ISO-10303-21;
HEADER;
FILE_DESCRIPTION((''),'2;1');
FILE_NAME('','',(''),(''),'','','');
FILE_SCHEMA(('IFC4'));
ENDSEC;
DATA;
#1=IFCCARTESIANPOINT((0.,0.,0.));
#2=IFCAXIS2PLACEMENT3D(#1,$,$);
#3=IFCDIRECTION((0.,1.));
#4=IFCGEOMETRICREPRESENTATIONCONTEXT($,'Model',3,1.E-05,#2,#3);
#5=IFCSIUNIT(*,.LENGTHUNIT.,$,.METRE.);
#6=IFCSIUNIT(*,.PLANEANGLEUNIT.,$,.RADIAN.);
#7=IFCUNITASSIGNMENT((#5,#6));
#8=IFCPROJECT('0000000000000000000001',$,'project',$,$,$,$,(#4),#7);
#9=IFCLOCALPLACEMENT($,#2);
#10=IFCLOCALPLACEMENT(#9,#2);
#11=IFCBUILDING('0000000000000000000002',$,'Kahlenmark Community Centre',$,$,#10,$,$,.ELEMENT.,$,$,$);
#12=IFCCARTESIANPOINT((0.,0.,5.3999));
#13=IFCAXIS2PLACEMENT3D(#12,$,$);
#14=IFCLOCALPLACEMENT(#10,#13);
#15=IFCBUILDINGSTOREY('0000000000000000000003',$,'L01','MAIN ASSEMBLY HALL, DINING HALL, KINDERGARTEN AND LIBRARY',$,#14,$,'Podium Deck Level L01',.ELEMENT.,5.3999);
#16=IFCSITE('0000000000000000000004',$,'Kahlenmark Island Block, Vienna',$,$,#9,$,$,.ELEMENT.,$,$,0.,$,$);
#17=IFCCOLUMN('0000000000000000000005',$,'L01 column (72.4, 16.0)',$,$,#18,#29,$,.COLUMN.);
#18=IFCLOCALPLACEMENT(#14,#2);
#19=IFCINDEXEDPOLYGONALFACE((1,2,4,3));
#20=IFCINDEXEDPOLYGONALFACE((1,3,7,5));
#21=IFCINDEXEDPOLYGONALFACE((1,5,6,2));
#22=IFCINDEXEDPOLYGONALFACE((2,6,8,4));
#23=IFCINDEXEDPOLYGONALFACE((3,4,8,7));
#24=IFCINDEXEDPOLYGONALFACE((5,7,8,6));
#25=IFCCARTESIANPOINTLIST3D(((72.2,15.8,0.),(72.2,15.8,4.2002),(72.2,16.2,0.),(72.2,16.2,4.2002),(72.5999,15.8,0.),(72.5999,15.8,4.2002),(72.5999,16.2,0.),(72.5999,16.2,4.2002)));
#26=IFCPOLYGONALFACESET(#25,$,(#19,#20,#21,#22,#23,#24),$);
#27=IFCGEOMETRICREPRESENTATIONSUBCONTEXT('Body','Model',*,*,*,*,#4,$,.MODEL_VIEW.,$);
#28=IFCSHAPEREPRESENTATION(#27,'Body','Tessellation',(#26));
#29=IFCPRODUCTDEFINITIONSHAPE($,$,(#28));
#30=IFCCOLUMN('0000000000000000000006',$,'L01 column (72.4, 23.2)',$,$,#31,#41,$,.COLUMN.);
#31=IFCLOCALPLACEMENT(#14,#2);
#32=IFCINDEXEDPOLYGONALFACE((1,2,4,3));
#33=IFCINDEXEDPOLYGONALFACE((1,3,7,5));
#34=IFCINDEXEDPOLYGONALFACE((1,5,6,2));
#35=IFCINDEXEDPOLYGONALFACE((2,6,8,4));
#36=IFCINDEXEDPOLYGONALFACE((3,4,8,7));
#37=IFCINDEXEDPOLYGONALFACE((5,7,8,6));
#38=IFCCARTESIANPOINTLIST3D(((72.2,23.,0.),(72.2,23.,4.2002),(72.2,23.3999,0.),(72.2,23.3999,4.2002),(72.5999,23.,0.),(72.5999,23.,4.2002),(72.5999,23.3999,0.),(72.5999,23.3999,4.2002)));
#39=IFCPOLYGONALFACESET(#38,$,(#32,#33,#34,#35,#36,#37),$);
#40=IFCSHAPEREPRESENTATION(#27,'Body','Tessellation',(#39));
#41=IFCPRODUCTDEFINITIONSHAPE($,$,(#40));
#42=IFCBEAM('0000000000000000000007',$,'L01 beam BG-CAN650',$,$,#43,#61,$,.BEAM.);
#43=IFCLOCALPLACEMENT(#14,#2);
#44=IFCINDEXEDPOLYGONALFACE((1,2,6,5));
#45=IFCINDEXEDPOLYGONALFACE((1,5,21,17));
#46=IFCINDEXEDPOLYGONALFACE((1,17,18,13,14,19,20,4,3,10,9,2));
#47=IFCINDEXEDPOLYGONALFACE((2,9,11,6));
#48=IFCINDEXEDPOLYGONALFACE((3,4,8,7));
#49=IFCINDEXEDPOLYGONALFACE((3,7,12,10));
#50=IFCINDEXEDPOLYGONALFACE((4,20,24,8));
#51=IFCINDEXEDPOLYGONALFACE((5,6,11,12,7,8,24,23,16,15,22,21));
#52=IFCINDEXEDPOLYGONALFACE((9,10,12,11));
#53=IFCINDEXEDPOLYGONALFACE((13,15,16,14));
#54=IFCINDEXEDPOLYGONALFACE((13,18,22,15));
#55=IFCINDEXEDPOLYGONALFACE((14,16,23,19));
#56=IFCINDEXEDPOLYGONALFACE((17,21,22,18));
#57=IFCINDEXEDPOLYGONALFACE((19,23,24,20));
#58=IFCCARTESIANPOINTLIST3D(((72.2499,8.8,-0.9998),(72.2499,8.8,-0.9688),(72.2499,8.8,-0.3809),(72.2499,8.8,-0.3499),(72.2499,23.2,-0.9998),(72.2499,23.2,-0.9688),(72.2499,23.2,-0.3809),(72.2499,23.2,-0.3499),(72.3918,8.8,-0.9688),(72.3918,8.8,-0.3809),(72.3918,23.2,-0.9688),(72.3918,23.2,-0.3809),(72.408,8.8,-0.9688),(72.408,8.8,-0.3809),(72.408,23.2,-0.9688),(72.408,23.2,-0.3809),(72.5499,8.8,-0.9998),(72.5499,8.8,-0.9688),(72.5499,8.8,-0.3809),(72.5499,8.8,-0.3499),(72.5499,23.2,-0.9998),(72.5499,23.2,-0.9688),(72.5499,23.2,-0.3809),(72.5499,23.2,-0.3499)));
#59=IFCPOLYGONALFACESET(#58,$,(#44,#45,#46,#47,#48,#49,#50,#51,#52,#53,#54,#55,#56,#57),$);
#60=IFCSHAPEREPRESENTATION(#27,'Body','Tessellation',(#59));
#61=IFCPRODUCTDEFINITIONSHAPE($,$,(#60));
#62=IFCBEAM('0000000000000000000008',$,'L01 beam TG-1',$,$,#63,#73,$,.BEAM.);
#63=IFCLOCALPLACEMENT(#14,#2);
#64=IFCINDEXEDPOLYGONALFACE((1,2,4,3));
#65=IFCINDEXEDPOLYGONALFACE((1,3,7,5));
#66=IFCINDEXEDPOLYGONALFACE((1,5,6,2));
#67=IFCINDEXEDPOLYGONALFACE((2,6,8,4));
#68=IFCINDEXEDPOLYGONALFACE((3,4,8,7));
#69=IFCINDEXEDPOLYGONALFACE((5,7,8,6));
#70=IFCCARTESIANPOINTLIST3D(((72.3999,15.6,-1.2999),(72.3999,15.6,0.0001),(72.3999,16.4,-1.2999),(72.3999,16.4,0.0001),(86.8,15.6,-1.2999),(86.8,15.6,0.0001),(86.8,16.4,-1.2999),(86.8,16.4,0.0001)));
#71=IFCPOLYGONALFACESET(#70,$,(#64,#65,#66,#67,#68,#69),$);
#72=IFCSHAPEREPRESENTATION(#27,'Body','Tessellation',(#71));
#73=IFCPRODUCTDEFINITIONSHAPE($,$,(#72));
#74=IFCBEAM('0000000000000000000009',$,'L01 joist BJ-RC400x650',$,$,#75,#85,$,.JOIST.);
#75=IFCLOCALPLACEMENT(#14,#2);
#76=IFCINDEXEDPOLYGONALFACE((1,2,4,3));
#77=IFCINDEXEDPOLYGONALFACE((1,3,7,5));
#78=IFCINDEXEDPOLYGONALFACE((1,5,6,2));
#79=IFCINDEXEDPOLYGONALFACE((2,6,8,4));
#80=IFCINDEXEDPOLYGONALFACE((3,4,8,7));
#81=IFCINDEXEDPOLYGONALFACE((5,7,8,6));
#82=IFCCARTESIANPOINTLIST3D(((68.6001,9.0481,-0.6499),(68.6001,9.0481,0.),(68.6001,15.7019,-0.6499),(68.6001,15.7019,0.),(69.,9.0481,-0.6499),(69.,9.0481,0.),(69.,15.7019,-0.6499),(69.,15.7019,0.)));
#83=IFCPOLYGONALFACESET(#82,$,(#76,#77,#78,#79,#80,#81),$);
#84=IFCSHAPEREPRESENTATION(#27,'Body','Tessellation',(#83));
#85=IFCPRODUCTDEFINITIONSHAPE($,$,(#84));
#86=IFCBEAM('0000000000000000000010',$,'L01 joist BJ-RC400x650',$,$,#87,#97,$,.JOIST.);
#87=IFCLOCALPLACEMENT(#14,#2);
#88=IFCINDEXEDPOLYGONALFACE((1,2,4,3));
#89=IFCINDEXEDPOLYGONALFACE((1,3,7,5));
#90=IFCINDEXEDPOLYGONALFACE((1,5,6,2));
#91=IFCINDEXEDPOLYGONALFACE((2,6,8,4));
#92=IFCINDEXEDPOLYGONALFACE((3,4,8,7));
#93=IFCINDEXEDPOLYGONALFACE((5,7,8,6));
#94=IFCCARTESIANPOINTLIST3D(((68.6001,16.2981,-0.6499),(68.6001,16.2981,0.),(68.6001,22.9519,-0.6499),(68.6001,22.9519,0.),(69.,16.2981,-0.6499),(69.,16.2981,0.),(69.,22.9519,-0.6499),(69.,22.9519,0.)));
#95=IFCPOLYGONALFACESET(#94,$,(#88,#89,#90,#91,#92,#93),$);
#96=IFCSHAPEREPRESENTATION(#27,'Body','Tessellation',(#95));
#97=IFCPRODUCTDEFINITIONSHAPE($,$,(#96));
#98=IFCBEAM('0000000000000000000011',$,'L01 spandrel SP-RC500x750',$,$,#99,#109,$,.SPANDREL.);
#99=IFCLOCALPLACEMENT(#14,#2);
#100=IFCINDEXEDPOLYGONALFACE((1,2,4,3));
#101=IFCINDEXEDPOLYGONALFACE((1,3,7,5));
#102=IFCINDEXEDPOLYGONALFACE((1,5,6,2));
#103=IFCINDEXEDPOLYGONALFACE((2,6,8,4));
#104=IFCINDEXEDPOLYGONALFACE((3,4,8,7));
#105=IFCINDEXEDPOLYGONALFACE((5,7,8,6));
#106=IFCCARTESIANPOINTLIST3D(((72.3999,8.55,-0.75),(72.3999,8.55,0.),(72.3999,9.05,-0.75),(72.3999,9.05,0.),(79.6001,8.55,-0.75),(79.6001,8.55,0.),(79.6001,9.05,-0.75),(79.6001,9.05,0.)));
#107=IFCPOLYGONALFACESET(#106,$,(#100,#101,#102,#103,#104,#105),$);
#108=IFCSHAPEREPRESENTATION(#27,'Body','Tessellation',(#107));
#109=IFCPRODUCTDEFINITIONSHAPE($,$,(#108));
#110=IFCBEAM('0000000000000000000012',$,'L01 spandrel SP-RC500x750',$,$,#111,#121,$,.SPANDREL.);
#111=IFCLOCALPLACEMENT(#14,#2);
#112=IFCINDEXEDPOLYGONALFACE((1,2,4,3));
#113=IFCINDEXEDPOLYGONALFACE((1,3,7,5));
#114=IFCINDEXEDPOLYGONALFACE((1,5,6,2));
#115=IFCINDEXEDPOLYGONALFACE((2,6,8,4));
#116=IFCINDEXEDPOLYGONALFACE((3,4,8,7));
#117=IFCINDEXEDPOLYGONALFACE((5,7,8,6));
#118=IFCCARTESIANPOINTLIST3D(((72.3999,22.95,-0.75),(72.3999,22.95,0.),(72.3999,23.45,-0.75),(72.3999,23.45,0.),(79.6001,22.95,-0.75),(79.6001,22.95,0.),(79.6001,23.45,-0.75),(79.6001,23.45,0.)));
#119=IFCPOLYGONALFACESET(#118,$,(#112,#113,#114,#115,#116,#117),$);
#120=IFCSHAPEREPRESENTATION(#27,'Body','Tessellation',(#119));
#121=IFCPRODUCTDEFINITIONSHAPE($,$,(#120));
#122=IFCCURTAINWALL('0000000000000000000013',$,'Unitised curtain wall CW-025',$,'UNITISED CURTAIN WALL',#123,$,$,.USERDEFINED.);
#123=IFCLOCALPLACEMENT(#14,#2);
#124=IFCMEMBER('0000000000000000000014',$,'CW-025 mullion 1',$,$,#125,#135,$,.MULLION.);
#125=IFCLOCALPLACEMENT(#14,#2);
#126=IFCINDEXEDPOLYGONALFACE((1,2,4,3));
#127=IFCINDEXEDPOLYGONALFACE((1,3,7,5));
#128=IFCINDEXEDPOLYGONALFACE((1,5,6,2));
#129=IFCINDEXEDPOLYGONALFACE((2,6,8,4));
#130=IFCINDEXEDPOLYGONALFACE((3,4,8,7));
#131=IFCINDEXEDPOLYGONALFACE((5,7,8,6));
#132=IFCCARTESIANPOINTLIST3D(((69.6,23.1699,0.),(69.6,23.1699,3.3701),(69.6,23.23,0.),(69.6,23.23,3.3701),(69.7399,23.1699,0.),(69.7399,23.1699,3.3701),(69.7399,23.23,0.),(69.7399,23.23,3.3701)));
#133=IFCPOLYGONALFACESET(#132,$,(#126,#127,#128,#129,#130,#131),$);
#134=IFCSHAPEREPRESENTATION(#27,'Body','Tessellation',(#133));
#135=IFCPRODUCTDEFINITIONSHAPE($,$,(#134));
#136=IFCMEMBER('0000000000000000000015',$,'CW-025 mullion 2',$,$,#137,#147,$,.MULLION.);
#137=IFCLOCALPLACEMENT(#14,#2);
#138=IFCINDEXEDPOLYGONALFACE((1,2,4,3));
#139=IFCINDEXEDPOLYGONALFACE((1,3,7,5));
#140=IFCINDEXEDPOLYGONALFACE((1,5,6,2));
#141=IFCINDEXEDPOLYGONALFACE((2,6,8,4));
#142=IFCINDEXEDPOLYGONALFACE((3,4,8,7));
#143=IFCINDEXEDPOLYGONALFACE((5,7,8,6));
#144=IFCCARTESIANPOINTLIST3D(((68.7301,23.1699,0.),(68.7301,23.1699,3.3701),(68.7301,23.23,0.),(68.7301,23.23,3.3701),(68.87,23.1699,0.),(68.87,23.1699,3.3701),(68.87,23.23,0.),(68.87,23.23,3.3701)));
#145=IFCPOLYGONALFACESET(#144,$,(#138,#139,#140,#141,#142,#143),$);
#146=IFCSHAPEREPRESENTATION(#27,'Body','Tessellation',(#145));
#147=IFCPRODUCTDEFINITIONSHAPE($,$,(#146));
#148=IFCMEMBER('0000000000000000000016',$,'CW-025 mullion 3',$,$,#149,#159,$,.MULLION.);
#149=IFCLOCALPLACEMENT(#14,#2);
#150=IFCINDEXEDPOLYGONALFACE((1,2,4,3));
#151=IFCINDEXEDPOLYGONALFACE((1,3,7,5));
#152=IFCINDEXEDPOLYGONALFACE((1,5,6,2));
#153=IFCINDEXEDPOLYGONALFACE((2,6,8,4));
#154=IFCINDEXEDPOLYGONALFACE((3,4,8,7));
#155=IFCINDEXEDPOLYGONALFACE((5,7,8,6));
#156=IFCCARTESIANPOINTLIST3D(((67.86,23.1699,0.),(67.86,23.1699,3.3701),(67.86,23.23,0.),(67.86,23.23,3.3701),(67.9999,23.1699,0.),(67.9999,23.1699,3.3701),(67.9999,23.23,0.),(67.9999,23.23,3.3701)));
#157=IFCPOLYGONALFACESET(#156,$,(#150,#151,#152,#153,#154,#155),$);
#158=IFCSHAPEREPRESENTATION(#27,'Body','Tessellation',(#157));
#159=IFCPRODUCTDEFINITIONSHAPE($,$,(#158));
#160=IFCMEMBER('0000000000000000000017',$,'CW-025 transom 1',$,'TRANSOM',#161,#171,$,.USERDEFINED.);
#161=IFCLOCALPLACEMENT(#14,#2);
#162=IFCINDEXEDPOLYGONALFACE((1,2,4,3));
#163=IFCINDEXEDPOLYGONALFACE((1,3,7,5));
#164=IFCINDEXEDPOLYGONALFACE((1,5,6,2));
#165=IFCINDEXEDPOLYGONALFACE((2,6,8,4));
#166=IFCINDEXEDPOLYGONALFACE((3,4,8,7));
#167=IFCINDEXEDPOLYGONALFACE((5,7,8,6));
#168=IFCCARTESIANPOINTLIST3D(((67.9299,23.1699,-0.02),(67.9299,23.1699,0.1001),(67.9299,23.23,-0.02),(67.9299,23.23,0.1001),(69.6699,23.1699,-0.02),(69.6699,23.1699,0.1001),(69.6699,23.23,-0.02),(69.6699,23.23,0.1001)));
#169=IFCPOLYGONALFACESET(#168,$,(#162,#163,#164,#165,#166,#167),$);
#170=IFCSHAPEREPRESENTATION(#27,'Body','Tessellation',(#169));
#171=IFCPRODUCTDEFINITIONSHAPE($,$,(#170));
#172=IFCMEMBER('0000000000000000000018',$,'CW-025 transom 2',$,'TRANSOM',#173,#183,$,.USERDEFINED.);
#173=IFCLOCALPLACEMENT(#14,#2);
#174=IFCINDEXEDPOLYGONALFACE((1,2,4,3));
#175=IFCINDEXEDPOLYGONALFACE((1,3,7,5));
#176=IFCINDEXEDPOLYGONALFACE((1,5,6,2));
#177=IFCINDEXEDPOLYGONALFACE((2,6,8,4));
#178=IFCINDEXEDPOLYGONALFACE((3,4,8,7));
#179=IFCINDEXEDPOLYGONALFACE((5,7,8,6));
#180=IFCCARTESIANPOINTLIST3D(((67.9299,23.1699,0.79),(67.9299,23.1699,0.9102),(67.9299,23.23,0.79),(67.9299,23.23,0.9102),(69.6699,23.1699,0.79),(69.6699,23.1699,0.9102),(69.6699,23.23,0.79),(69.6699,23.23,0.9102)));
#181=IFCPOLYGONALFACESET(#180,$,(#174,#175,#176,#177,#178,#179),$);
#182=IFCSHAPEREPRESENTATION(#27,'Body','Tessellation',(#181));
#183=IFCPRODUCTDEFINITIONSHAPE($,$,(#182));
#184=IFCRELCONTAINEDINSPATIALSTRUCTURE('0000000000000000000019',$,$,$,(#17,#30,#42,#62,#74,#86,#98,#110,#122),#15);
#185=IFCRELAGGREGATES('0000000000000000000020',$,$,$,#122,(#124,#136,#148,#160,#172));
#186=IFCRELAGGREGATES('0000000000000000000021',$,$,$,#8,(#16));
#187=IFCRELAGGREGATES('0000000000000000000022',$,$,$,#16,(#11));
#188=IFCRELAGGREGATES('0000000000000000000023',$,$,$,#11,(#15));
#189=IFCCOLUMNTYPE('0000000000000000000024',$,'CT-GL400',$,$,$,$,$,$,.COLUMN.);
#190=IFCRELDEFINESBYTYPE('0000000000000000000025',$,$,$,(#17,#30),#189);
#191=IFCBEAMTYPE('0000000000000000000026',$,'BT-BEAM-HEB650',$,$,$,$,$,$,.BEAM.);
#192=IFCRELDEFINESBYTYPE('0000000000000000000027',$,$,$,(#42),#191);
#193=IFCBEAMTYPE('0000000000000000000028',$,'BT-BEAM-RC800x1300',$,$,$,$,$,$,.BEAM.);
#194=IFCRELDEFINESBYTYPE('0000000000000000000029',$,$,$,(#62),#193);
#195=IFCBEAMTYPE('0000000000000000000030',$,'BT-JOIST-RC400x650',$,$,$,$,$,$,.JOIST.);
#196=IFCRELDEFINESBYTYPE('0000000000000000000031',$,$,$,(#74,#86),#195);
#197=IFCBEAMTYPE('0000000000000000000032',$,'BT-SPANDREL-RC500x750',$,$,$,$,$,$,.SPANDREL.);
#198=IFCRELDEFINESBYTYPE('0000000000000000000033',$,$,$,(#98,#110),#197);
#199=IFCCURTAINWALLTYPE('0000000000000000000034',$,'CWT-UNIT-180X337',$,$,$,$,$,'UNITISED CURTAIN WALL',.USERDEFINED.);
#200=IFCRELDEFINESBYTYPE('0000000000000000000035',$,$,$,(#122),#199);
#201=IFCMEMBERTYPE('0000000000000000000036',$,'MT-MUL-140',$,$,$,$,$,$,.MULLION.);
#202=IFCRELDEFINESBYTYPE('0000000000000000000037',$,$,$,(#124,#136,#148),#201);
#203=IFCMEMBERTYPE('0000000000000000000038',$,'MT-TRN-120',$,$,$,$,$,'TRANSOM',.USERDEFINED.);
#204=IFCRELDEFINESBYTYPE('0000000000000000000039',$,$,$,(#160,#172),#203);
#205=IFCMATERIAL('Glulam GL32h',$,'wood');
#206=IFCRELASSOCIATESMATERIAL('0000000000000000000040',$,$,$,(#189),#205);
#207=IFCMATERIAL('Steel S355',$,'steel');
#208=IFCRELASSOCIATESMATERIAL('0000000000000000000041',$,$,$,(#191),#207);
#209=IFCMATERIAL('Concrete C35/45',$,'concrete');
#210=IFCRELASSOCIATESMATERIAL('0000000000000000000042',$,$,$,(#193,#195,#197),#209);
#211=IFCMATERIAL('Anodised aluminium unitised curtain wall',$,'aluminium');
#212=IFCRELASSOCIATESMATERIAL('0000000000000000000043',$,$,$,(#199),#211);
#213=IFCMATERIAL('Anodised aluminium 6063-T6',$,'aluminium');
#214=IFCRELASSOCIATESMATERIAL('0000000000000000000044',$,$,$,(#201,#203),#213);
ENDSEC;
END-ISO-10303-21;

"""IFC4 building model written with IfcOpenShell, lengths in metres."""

from ifc_helpers import new_model, si_unit, direction, frame, origin, origin_2d, place, context, subcontext, project, spatial, rectangle, i_section, extrude, material, material_profile, profile_set, type_object, element, aggregate, save


model = new_model("IFC4")

# Units and contexts
model_context = context("Model", 3, precision=1e-05, world=origin(), true_north=direction((0.0, 1.0)))
body_context = subcontext(model_context, "Body", "Model", "MODEL_VIEW")
ifc_project = project(units=[si_unit("LENGTHUNIT", "METRE"), si_unit("PLANEANGLEUNIT", "RADIAN")], contexts=[model_context])

# Site, building, storey
site_placement = place(None, origin())
site = spatial("IfcSite", under=ifc_project, at=site_placement, Name="Kahlenmark Island Block, Vienna", CompositionType="ELEMENT", RefElevation=0.0)
building_placement = place(site_placement, origin())
building = spatial("IfcBuilding", under=site, at=building_placement, Name="Kahlenmark Community Centre", CompositionType="ELEMENT")
storey_placement = place(building_placement, frame((0.0, 0.0, 5.3999)))
storey = spatial("IfcBuildingStorey", under=building, at=storey_placement, Name="L01", Description="MAIN ASSEMBLY HALL, DINING HALL, KINDERGARTEN AND LIBRARY", LongName="Podium Deck Level L01", CompositionType="ELEMENT", Elevation=5.3999)

# Columns
ifc_material_1 = material(Name="Glulam GL32h", Category="wood")
ifc_material_profile_1 = material_profile(ifc_material_1, rectangle(XDim=0.3999, YDim=0.3999, at=origin_2d()), Name="GL32h 400x400")
ifc_profile_set_1 = profile_set([ifc_material_profile_1], Name="Glulam GL32h")
column_type = type_object("IfcColumnType", Name="CT-GL400", PredefinedType="COLUMN", material=ifc_profile_set_1)
for number, where, z_axis, x_axis, name in (
    (1, (72.3999, 16.0, 0.0), (0.0, 0.0, 1.0), (1.0, 0.0, 0.0), "L01 column (72.4, 16.0)"),
    (2, (72.3999, 23.2, 0.0), (0.0, 0.0, 1.0), (1.0, 0.0, 0.0), "L01 column (72.4, 23.2)"),
):
    element("IfcColumn", number, at=place(storey_placement, frame(where, z_axis=z_axis, x_axis=x_axis)), inside=storey, type_object=column_type, Name=name, PredefinedType="COLUMN", context=body_context, shape_type="SweptSolid", body=[
        extrude(rectangle(XDim=0.3999, YDim=0.3999, at=origin_2d()), origin(), (0.0, 0.0, 1.0), 4.2002),
    ])

# Beams
ifc_material_2 = material(Name="Steel S355", Category="steel")
ifc_material_profile_2 = material_profile(ifc_material_2, i_section(OverallWidth=0.3, OverallDepth=0.6499, WebThickness=0.0161, FlangeThickness=0.031, at=origin_2d()), Name="HEB 650")
ifc_profile_set_2 = profile_set([ifc_material_profile_2], Name="Steel S355")
beam_type_1 = type_object("IfcBeamType", Name="BT-BEAM-HEB650", PredefinedType="BEAM", material=ifc_profile_set_2)
beam_1_placement = place(storey_placement, frame((72.3999, 8.8, -0.6748), z_axis=(0.0, 1.0, 0.0), x_axis=(-1.0, 0.0, 0.0)))
element("IfcBeam", 3, at=beam_1_placement, inside=storey, type_object=beam_type_1, Name="L01 beam BG-CAN650", PredefinedType="BEAM", context=body_context, shape_type="SweptSolid", body=[
    extrude(i_section(OverallWidth=0.3, OverallDepth=0.6499, WebThickness=0.0161, FlangeThickness=0.031, at=origin_2d()), origin(), (0.0, 0.0, 1.0), 14.3999),
])
ifc_material_3 = material(Name="Concrete C35/45", Category="concrete")
ifc_material_profile_3 = material_profile(ifc_material_3, rectangle(XDim=0.8, YDim=1.3, at=origin_2d()), Name="RC 800x1300")
ifc_profile_set_3 = profile_set([ifc_material_profile_3], Name="Concrete C35/45")
beam_type_2 = type_object("IfcBeamType", Name="BT-BEAM-RC800x1300", PredefinedType="BEAM", material=ifc_profile_set_3)
beam_2_placement = place(storey_placement, frame((72.3999, 16.0, -0.6499), z_axis=(1.0, 0.0, 0.0), x_axis=(0.0, 1.0, 0.0)))
element("IfcBeam", 4, at=beam_2_placement, inside=storey, type_object=beam_type_2, Name="L01 beam TG-1", PredefinedType="BEAM", context=body_context, shape_type="SweptSolid", body=[
    extrude(rectangle(XDim=0.8, YDim=1.3, at=origin_2d()), origin(), (0.0, 0.0, 1.0), 14.4001),
])
ifc_material_profile_4 = material_profile(ifc_material_3, rectangle(XDim=0.3999, YDim=0.6499, at=origin_2d()), Name="RC 400x650")
ifc_profile_set_4 = profile_set([ifc_material_profile_4], Name="Concrete C35/45")
beam_type_3 = type_object("IfcBeamType", Name="BT-JOIST-RC400x650", PredefinedType="JOIST", material=ifc_profile_set_4)
for number, where, z_axis, x_axis, name in (
    (5, (68.8, 9.0481, -0.325), (0.0, 1.0, 0.0), (-1.0, 0.0, 0.0), "L01 joist BJ-RC400x650"),
    (6, (68.8, 16.2981, -0.325), (0.0, 1.0, 0.0), (-1.0, 0.0, 0.0), "L01 joist BJ-RC400x650"),
):
    element("IfcBeam", number, at=place(storey_placement, frame(where, z_axis=z_axis, x_axis=x_axis)), inside=storey, type_object=beam_type_3, Name=name, PredefinedType="JOIST", context=body_context, shape_type="SweptSolid", body=[
        extrude(rectangle(XDim=0.3999, YDim=0.6499, at=origin_2d()), origin(), (0.0, 0.0, 1.0), 6.6538),
    ])
ifc_material_profile_5 = material_profile(ifc_material_3, rectangle(XDim=0.5, YDim=0.75, at=origin_2d()), Name="RC 500x750")
ifc_profile_set_5 = profile_set([ifc_material_profile_5], Name="Concrete C35/45")
beam_type_4 = type_object("IfcBeamType", Name="BT-SPANDREL-RC500x750", PredefinedType="SPANDREL", material=ifc_profile_set_5)
for number, where, z_axis, x_axis, name in (
    (7, (72.3999, 8.8, -0.375), (1.0, 0.0, 0.0), (0.0, 1.0, 0.0), "L01 spandrel SP-RC500x750"),
    (8, (72.3999, 23.2, -0.375), (1.0, 0.0, 0.0), (0.0, 1.0, 0.0), "L01 spandrel SP-RC500x750"),
):
    element("IfcBeam", number, at=place(storey_placement, frame(where, z_axis=z_axis, x_axis=x_axis)), inside=storey, type_object=beam_type_4, Name=name, PredefinedType="SPANDREL", context=body_context, shape_type="SweptSolid", body=[
        extrude(rectangle(XDim=0.5, YDim=0.75, at=origin_2d()), origin(), (0.0, 0.0, 1.0), 7.2002),
    ])

# Curtain wall, members
ifc_material_4 = material(Name="Anodised aluminium unitised curtain wall", Category="aluminium")
curtain_wall_type = type_object("IfcCurtainWallType", Name="CWT-UNIT-180X337", ElementType="UNITISED CURTAIN WALL", PredefinedType="USERDEFINED", material=ifc_material_4)
curtain_wall_placement = place(storey_placement, origin())
curtain_wall = element("IfcCurtainWall", 9, at=curtain_wall_placement, inside=storey, type_object=curtain_wall_type, Name="Unitised curtain wall CW-025", ObjectType="UNITISED CURTAIN WALL", PredefinedType="USERDEFINED")
ifc_material_5 = material(Name="Anodised aluminium 6063-T6", Category="aluminium")
ifc_material_profile_6 = material_profile(ifc_material_5, rectangle(XDim=0.0601, YDim=0.1399, at=origin_2d()), Name="ALU MULLION 60x140")
ifc_profile_set_6 = profile_set([ifc_material_profile_6], Name="Anodised aluminium 6063-T6")
member_type_1 = type_object("IfcMemberType", Name="MT-MUL-140", PredefinedType="MULLION", material=ifc_profile_set_6)
member_1_placement = place(storey_placement, frame((69.6699, 23.2, 0.0), z_axis=(0.0, 0.0, 1.0), x_axis=(0.0, -1.0, 0.0)))
member_1 = element("IfcMember", 10, at=member_1_placement, type_object=member_type_1, Name="CW-025 mullion 1", PredefinedType="MULLION", context=body_context, shape_type="SweptSolid", body=[
    extrude(rectangle(XDim=0.0601, YDim=0.1399, at=origin_2d()), origin(), (0.0, 0.0, 1.0), 3.3701),
])
member_2_placement = place(storey_placement, frame((68.8, 23.2, 0.0), z_axis=(0.0, 0.0, 1.0), x_axis=(0.0, -1.0, 0.0)))
member_2 = element("IfcMember", 11, at=member_2_placement, type_object=member_type_1, Name="CW-025 mullion 2", PredefinedType="MULLION", context=body_context, shape_type="SweptSolid", body=[
    extrude(rectangle(XDim=0.0601, YDim=0.1399, at=origin_2d()), origin(), (0.0, 0.0, 1.0), 3.3701),
])
member_3_placement = place(storey_placement, frame((67.9299, 23.2, 0.0), z_axis=(0.0, 0.0, 1.0), x_axis=(0.0, -1.0, 0.0)))
member_3 = element("IfcMember", 12, at=member_3_placement, type_object=member_type_1, Name="CW-025 mullion 3", PredefinedType="MULLION", context=body_context, shape_type="SweptSolid", body=[
    extrude(rectangle(XDim=0.0601, YDim=0.1399, at=origin_2d()), origin(), (0.0, 0.0, 1.0), 3.3701),
])
ifc_material_profile_7 = material_profile(ifc_material_5, rectangle(XDim=0.0601, YDim=0.1201, at=origin_2d()), Name="ALU TRANSOM 60x120")
ifc_profile_set_7 = profile_set([ifc_material_profile_7], Name="Anodised aluminium 6063-T6")
member_type_2 = type_object("IfcMemberType", Name="MT-TRN-120", ElementType="TRANSOM", PredefinedType="USERDEFINED", material=ifc_profile_set_7)
member_4_placement = place(storey_placement, frame((69.6699, 23.2, 0.04), z_axis=(-1.0, 0.0, 0.0), x_axis=(0.0, -1.0, 0.0)))
member_4 = element("IfcMember", 13, at=member_4_placement, type_object=member_type_2, Name="CW-025 transom 1", ObjectType="TRANSOM", PredefinedType="USERDEFINED", context=body_context, shape_type="SweptSolid", body=[
    extrude(rectangle(XDim=0.0601, YDim=0.1201, at=origin_2d()), origin(), (0.0, 0.0, 1.0), 1.74),
])
member_5_placement = place(storey_placement, frame((69.6699, 23.2, 0.8501), z_axis=(-1.0, 0.0, 0.0), x_axis=(0.0, -1.0, 0.0)))
member_5 = element("IfcMember", 14, at=member_5_placement, type_object=member_type_2, Name="CW-025 transom 2", ObjectType="TRANSOM", PredefinedType="USERDEFINED", context=body_context, shape_type="SweptSolid", body=[
    extrude(rectangle(XDim=0.0601, YDim=0.1201, at=origin_2d()), origin(), (0.0, 0.0, 1.0), 1.74),
])
aggregate(curtain_wall, [member_1, member_2, member_3, member_4, member_5])

save(model, "model.ifc")
